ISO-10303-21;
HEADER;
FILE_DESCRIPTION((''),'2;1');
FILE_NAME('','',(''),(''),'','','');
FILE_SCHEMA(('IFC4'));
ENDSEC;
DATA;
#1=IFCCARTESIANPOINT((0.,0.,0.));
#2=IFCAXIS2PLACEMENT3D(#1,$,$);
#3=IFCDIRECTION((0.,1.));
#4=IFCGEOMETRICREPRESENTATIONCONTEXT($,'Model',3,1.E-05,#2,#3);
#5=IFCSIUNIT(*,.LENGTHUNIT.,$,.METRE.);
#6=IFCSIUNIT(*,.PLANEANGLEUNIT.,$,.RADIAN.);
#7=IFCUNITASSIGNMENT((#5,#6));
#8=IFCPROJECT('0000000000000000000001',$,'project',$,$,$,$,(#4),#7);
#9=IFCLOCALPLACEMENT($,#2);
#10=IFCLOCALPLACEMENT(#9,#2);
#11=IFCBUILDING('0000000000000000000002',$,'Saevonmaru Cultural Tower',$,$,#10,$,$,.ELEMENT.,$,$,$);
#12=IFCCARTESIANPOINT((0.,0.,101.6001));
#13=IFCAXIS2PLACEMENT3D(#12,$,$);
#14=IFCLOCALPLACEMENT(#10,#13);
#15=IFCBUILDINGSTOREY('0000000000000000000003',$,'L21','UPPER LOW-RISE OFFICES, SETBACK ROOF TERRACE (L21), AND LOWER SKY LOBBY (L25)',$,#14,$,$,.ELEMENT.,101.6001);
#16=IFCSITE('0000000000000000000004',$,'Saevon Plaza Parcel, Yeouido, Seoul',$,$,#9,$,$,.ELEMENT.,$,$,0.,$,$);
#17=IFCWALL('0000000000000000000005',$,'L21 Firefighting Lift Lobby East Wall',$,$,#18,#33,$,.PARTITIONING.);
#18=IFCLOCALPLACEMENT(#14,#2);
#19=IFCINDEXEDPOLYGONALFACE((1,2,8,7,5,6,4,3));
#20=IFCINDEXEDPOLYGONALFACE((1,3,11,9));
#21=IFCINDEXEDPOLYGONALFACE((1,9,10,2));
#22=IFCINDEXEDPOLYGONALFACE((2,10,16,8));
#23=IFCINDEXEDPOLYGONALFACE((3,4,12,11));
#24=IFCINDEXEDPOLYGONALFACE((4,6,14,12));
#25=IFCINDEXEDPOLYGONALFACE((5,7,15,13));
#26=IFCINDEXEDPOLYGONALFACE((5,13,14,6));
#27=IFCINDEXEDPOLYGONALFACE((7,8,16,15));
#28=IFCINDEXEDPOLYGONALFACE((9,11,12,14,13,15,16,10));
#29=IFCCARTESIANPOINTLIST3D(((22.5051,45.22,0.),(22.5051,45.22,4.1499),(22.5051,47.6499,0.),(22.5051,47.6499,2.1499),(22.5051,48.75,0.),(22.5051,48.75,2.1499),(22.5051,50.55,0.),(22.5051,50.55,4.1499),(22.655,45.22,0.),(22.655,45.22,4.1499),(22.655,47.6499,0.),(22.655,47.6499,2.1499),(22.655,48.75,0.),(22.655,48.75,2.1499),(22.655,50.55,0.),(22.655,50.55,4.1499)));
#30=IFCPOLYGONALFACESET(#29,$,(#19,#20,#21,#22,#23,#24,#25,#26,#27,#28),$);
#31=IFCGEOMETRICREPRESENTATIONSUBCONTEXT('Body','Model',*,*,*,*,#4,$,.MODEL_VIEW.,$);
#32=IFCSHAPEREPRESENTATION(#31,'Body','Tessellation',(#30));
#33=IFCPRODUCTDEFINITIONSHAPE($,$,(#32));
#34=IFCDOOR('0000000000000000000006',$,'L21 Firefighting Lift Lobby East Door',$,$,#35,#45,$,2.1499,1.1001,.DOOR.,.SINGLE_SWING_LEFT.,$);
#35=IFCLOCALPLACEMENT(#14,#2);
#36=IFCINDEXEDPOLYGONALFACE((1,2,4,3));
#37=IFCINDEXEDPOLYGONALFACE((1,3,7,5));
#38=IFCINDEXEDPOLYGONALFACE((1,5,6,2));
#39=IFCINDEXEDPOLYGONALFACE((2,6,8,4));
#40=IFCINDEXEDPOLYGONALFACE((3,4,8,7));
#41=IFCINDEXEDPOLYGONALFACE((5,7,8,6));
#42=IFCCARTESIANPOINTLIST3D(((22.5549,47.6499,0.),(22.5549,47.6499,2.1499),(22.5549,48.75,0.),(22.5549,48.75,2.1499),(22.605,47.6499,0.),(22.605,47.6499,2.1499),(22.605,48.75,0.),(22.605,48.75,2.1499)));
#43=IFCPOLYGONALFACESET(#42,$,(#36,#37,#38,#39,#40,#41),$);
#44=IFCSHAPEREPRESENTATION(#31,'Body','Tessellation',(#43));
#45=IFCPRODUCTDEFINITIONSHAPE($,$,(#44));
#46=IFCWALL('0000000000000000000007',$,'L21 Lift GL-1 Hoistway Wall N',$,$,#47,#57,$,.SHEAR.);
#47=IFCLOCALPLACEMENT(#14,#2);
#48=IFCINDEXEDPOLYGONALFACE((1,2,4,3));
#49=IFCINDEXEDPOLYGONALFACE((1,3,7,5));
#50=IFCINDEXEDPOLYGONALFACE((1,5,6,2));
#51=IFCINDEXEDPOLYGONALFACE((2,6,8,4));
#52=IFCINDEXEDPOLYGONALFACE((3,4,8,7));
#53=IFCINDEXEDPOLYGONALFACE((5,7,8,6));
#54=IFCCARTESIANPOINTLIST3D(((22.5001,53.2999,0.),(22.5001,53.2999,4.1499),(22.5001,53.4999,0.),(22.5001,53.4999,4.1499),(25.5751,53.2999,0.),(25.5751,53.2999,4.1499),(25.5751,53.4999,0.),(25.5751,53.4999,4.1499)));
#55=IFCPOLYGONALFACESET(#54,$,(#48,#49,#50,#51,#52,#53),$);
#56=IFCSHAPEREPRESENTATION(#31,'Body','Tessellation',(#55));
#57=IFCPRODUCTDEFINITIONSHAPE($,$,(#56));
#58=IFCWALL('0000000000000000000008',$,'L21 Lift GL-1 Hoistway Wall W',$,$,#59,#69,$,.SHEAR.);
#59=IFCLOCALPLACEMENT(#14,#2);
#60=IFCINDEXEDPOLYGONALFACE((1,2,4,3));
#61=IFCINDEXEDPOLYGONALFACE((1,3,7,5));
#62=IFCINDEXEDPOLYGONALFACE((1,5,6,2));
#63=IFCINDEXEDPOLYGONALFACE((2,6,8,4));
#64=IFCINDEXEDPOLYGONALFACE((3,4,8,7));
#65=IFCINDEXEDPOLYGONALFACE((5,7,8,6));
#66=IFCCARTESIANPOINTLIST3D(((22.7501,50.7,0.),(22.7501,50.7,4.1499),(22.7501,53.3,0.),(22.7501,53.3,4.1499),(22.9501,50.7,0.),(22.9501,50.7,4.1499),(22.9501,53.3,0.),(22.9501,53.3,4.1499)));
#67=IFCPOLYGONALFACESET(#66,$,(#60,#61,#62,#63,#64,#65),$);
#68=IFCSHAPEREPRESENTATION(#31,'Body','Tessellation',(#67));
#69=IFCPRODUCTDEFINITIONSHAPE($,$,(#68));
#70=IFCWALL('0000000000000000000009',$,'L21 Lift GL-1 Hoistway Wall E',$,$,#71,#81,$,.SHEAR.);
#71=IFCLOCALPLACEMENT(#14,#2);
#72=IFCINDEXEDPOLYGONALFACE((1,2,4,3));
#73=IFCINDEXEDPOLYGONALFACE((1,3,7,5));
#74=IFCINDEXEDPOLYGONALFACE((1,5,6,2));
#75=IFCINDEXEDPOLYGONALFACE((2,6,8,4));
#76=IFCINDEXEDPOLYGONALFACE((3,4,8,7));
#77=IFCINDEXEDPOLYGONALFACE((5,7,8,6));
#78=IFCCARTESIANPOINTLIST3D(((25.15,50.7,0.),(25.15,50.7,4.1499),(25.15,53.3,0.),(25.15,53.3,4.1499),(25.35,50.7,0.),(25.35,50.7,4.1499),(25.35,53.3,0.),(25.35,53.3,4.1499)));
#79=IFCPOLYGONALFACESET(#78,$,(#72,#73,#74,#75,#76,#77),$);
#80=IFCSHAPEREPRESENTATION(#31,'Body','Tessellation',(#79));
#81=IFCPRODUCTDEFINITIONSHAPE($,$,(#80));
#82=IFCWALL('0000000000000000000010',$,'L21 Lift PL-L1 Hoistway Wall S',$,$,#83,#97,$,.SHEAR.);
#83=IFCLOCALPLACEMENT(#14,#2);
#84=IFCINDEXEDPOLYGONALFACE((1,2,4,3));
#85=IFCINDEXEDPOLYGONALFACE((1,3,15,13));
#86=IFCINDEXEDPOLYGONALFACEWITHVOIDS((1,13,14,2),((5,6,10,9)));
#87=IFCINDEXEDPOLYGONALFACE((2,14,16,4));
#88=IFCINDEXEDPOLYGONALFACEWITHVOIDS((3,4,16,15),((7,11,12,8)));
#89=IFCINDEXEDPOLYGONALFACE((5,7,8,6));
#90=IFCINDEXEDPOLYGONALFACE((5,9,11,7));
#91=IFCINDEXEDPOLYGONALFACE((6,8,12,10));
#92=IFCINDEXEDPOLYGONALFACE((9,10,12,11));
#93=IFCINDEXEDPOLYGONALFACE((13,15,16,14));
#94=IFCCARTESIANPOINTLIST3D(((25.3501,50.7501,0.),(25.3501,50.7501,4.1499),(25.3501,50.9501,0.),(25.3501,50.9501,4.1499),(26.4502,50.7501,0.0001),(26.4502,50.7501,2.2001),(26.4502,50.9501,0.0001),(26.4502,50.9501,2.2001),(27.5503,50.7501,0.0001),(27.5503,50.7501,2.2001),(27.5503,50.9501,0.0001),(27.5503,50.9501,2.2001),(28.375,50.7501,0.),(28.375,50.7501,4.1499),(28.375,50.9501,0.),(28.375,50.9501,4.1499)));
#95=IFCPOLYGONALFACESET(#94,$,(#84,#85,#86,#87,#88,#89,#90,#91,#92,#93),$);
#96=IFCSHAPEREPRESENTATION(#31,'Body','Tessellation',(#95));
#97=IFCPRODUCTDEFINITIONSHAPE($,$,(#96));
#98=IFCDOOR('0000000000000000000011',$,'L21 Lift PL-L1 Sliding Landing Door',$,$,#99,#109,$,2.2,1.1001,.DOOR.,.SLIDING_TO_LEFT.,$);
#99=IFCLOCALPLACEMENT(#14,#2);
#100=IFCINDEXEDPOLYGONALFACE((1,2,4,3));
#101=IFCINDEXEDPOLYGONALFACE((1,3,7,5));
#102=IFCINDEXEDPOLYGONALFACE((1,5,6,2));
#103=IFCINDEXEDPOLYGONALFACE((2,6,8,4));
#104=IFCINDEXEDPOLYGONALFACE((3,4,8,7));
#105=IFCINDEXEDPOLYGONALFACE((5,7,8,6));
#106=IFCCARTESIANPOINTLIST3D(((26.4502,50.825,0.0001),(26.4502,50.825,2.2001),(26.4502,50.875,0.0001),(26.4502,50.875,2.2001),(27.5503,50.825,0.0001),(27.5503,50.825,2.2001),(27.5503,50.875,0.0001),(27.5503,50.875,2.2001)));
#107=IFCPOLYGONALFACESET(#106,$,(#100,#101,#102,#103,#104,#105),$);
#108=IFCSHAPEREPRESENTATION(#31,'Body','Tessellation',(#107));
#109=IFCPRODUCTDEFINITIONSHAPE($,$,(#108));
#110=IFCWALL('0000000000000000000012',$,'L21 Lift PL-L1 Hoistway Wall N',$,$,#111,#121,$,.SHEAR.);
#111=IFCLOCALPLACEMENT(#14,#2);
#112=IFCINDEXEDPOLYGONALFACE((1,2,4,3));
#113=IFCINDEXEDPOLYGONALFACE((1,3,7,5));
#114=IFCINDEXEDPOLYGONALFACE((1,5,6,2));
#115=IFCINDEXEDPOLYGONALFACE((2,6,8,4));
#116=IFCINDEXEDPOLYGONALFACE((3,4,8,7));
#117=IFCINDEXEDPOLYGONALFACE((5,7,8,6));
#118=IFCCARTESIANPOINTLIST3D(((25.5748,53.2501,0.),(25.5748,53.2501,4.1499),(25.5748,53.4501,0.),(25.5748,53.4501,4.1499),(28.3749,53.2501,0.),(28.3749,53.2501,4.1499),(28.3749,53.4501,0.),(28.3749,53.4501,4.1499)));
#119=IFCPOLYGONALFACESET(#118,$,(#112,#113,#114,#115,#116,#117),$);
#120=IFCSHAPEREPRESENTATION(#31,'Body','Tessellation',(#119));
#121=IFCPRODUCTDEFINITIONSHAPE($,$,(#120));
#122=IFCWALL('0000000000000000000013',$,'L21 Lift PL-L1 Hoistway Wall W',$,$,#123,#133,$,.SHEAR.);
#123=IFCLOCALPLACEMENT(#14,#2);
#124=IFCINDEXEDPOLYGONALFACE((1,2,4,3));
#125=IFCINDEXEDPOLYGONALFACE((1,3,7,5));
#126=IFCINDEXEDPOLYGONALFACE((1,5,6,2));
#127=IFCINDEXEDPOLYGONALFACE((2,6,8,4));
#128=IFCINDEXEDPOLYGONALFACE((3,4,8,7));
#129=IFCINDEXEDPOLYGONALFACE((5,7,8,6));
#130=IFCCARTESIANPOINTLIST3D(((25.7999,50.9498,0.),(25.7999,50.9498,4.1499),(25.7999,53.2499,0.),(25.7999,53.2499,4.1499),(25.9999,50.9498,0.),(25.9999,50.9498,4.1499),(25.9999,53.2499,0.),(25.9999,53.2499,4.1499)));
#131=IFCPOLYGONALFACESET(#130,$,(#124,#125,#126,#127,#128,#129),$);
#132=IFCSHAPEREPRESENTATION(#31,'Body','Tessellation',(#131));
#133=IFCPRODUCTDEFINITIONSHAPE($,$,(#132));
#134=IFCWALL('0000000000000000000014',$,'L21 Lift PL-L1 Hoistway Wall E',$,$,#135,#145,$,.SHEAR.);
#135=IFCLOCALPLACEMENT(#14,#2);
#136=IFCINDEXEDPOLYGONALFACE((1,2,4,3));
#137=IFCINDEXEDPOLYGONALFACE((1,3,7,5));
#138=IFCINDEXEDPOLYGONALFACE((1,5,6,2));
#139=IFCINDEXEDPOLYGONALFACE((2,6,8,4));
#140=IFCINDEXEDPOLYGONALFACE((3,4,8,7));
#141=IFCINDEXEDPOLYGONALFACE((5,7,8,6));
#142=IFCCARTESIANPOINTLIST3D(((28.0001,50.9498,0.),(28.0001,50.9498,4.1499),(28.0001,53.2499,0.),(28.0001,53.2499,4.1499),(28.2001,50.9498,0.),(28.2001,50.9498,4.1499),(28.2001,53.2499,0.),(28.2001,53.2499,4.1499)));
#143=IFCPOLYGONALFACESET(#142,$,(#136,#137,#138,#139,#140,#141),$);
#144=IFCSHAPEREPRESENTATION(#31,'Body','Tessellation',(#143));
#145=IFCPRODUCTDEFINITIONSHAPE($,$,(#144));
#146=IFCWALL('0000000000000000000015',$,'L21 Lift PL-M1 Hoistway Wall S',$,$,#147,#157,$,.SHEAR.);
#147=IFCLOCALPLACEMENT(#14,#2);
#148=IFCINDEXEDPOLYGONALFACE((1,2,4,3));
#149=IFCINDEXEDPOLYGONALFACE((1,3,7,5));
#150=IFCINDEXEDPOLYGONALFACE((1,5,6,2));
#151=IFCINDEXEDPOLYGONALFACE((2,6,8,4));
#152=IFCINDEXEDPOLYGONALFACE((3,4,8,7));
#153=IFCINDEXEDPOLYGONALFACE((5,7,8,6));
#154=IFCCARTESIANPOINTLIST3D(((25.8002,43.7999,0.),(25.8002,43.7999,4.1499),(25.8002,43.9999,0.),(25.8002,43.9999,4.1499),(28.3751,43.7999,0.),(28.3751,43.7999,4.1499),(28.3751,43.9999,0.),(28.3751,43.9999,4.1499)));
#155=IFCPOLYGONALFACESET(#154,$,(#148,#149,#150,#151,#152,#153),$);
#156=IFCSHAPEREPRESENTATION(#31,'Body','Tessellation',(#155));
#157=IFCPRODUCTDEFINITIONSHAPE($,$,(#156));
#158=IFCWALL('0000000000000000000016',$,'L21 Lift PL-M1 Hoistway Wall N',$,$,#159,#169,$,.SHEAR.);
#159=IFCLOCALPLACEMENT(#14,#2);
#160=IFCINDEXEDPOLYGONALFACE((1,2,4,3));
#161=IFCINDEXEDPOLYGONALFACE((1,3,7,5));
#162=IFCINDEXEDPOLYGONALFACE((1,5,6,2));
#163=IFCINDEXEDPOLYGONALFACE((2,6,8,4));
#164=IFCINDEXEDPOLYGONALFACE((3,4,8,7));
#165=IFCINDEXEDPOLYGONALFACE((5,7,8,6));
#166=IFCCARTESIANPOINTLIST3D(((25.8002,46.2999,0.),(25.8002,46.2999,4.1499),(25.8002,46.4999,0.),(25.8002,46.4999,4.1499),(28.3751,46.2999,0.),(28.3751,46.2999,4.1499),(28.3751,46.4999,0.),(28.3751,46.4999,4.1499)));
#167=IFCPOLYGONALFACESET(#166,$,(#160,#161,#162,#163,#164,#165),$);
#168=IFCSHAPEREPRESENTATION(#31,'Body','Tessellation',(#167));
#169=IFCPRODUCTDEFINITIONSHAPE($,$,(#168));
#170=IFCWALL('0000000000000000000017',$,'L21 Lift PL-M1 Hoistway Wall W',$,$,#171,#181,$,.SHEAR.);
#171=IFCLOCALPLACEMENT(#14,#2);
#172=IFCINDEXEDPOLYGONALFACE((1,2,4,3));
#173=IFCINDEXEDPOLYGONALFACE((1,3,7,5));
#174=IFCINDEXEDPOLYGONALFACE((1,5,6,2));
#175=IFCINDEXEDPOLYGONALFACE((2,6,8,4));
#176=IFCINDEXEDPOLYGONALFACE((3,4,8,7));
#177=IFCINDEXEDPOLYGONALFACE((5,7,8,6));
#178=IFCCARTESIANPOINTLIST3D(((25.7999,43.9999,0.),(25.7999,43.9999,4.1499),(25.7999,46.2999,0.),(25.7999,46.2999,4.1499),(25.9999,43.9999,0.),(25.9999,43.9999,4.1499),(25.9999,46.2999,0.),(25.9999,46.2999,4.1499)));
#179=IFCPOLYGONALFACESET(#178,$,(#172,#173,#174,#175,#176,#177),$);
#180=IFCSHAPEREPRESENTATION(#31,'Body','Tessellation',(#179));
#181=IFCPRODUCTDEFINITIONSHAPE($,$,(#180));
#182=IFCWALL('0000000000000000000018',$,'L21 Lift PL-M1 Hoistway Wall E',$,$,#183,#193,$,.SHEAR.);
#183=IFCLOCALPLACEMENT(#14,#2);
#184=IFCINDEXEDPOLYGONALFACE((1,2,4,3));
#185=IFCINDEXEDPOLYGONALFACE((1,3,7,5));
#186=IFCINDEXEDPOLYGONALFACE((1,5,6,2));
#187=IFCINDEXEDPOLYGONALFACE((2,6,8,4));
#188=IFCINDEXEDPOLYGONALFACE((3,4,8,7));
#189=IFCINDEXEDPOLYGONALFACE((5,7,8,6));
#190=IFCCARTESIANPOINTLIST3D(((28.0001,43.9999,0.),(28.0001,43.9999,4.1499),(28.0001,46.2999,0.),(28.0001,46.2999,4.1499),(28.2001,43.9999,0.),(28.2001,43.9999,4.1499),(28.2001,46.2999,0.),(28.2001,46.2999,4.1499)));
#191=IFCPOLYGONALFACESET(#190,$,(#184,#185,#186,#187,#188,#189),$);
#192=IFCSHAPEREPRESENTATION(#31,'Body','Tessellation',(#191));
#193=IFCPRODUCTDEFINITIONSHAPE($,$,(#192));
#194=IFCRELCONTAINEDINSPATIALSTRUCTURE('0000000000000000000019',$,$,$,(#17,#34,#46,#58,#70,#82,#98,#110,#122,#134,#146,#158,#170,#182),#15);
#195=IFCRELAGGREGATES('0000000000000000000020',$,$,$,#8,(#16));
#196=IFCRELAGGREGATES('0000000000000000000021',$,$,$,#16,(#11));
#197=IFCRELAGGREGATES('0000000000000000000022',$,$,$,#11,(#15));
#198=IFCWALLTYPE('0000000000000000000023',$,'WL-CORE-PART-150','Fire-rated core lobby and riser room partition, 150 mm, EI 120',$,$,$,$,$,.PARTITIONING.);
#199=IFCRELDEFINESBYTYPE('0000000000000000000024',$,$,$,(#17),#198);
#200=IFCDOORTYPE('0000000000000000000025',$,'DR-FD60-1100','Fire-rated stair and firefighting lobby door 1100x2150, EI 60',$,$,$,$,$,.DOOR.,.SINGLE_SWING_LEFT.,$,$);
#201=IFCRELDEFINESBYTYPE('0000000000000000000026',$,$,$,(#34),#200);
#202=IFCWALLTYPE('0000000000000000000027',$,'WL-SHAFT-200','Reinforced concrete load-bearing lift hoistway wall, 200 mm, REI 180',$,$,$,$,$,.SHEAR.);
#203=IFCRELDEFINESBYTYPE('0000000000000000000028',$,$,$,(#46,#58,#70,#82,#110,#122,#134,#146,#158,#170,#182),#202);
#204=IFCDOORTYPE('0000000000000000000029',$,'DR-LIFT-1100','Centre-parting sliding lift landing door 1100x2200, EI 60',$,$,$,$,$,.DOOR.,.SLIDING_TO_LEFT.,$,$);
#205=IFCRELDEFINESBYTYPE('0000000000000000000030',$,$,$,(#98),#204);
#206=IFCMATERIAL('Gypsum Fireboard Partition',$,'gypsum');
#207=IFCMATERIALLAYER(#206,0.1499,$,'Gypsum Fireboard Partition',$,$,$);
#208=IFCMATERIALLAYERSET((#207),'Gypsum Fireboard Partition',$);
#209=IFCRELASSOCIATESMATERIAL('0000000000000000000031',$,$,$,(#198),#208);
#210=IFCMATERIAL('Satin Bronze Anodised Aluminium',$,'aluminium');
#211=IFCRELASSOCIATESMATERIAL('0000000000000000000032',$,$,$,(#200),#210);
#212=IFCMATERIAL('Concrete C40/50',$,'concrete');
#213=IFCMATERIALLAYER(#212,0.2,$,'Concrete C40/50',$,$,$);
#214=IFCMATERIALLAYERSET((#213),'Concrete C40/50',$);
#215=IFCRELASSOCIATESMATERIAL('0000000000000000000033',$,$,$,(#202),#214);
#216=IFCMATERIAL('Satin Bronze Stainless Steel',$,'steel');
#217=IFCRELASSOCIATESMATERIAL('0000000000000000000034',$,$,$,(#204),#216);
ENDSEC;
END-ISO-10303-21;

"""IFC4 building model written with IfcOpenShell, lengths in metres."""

from ifc_helpers import new_model, si_unit, direction, frame, frame_2d, origin, place, context, subcontext, project, spatial, rectangle, extrude, material, layer, layer_set, type_object, element, fill, save


model = new_model("IFC4")

# Units and contexts
model_context = context("Model", 3, precision=1e-05, world=origin(), true_north=direction((0.0, 1.0)))
body_context = subcontext(model_context, "Body", "Model", "MODEL_VIEW")
ifc_project = project(units=[si_unit("LENGTHUNIT", "METRE"), si_unit("PLANEANGLEUNIT", "RADIAN")], contexts=[model_context])

# Site, building, storey
site_placement = place(None, origin())
site = spatial("IfcSite", under=ifc_project, at=site_placement, Name="Saevon Plaza Parcel, Yeouido, Seoul", CompositionType="ELEMENT", RefElevation=0.0)
building_placement = place(site_placement, origin())
building = spatial("IfcBuilding", under=site, at=building_placement, Name="Saevonmaru Cultural Tower", CompositionType="ELEMENT")
storey_placement = place(building_placement, frame((0.0, 0.0, 101.6001)))
storey = spatial("IfcBuildingStorey", under=building, at=storey_placement, Name="L21", Description="UPPER LOW-RISE OFFICES, SETBACK ROOF TERRACE (L21), AND LOWER SKY LOBBY (L25)", CompositionType="ELEMENT", Elevation=101.6001)

# Shared definitions
ifc_material_1 = material(Name="Satin Bronze Anodised Aluminium", Category="aluminium")

# Wall, opening, door
ifc_material_2 = material(Name="Gypsum Fireboard Partition", Category="gypsum")
ifc_layer_1 = layer(ifc_material_2, 0.1499, Name="Gypsum Fireboard Partition")
ifc_layer_set_1 = layer_set([ifc_layer_1], Name="Gypsum Fireboard Partition")
wall_type_1 = type_object("IfcWallType", Name="WL-CORE-PART-150", Description="Fire-rated core lobby and riser room partition, 150 mm, EI 120", PredefinedType="PARTITIONING", material=ifc_layer_set_1)
wall_1_placement = place(storey_placement, frame((22.5801, 50.55, 0.0), z_axis=(0.0, 0.0, 1.0), x_axis=(0.0, -1.0, 0.0)))
wall_1 = element("IfcWall", 1, at=wall_1_placement, inside=storey, type_object=wall_type_1, Name="L21 Firefighting Lift Lobby East Wall", PredefinedType="PARTITIONING", context=body_context, shape_type="SweptSolid", body=[
    extrude(rectangle(XDim=5.3301, YDim=0.1499, at=frame_2d((2.665, 0.0))), origin(), (0.0, 0.0, 1.0), 4.1499),
])
opening_1_placement = place(wall_1_placement, frame((1.8, 0.0, 0.0)))
opening_1 = element("IfcOpeningElement", 2, at=opening_1_placement, cuts=wall_1, PredefinedType="OPENING", context=body_context, shape_type="SweptSolid", body=[
    extrude(rectangle(XDim=1.1001, YDim=2.1499, at=frame_2d((0.55, 1.075))), frame((0.0, 0.085, 0.0), z_axis=(0.0, -1.0, 0.0), x_axis=(1.0, 0.0, 0.0)), (0.0, 0.0, 1.0), 0.1699),
])
door_type_1 = type_object("IfcDoorType", Name="DR-FD60-1100", Description="Fire-rated stair and firefighting lobby door 1100x2150, EI 60", OperationType="SINGLE_SWING_LEFT", PredefinedType="DOOR", material=ifc_material_1)
door_1_placement = place(opening_1_placement, origin())
door_1 = element("IfcDoor", 3, at=door_1_placement, inside=storey, type_object=door_type_1, Name="L21 Firefighting Lift Lobby East Door", OperationType="SINGLE_SWING_LEFT", OverallHeight=2.1499, OverallWidth=1.1001, PredefinedType="DOOR", context=body_context, shape_type="SweptSolid", body=[
    extrude(rectangle(XDim=1.1001, YDim=2.1499, at=frame_2d((0.55, 1.075))), frame((0.0, 0.0249, 0.0), z_axis=(0.0, -1.0, 0.0), x_axis=(1.0, 0.0, 0.0)), (0.0, 0.0, 1.0), 0.05),
])
fill(opening_1, door_1)

# Walls
ifc_material_3 = material(Name="Concrete C40/50", Category="concrete")
ifc_layer_2 = layer(ifc_material_3, 0.2, Name="Concrete C40/50")
ifc_layer_set_2 = layer_set([ifc_layer_2], Name="Concrete C40/50")
wall_type_2 = type_object("IfcWallType", Name="WL-SHAFT-200", Description="Reinforced concrete load-bearing lift hoistway wall, 200 mm, REI 180", PredefinedType="SHEAR", material=ifc_layer_set_2)
wall_2_placement = place(storey_placement, frame((22.5, 53.3999, 0.0), z_axis=(0.0, 0.0, 1.0), x_axis=(1.0, 0.0, 0.0)))
element("IfcWall", 4, at=wall_2_placement, inside=storey, type_object=wall_type_2, Name="L21 Lift GL-1 Hoistway Wall N", PredefinedType="SHEAR", context=body_context, shape_type="SweptSolid", body=[
    extrude(rectangle(XDim=3.075, YDim=0.2, at=frame_2d((1.5376, 0.0))), origin(), (0.0, 0.0, 1.0), 4.1499),
])
for number, where, z_axis, x_axis, name in (
    (5, (22.8501, 50.7, 0.0), (0.0, 0.0, 1.0), (0.0, 1.0, 0.0), "L21 Lift GL-1 Hoistway Wall W"),
    (6, (25.25, 50.7, 0.0), (0.0, 0.0, 1.0), (0.0, 1.0, 0.0), "L21 Lift GL-1 Hoistway Wall E"),
):
    element("IfcWall", number, at=place(storey_placement, frame(where, z_axis=z_axis, x_axis=x_axis)), inside=storey, type_object=wall_type_2, Name=name, PredefinedType="SHEAR", context=body_context, shape_type="SweptSolid", body=[
        extrude(rectangle(XDim=2.6001, YDim=0.2, at=frame_2d((1.3, 0.0))), origin(), (0.0, 0.0, 1.0), 4.1499),
    ])

# Wall, opening, door
wall_3_placement = place(storey_placement, frame((25.3501, 50.8501, 0.0), z_axis=(0.0, 0.0, 1.0), x_axis=(1.0, 0.0, 0.0)))
wall_3 = element("IfcWall", 7, at=wall_3_placement, inside=storey, type_object=wall_type_2, Name="L21 Lift PL-L1 Hoistway Wall S", PredefinedType="SHEAR", context=body_context, shape_type="SweptSolid", body=[
    extrude(rectangle(XDim=3.0249, YDim=0.2, at=frame_2d((1.5125, 0.0))), origin(), (0.0, 0.0, 1.0), 4.1499),
])
opening_2_placement = place(wall_3_placement, frame((1.1001, 0.0, 0.0)))
opening_2 = element("IfcOpeningElement", 8, at=opening_2_placement, cuts=wall_3, PredefinedType="OPENING", context=body_context, shape_type="SweptSolid", body=[
    extrude(rectangle(XDim=1.1001, YDim=2.2, at=frame_2d((0.55, 1.1001))), frame((0.0, 0.1099, 0.0), z_axis=(0.0, -1.0, 0.0), x_axis=(1.0, 0.0, 0.0)), (0.0, 0.0, 1.0), 0.22),
])
ifc_material_4 = material(Name="Satin Bronze Stainless Steel", Category="steel")
door_type_2 = type_object("IfcDoorType", Name="DR-LIFT-1100", Description="Centre-parting sliding lift landing door 1100x2200, EI 60", OperationType="SLIDING_TO_LEFT", PredefinedType="DOOR", material=ifc_material_4)
door_2_placement = place(opening_2_placement, origin())
door_2 = element("IfcDoor", 9, at=door_2_placement, inside=storey, type_object=door_type_2, Name="L21 Lift PL-L1 Sliding Landing Door", OperationType="SLIDING_TO_LEFT", OverallHeight=2.2, OverallWidth=1.1001, PredefinedType="DOOR", context=body_context, shape_type="SweptSolid", body=[
    extrude(rectangle(XDim=1.1001, YDim=2.2, at=frame_2d((0.55, 1.1001))), frame((0.0, 0.0249, 0.0), z_axis=(0.0, -1.0, 0.0), x_axis=(1.0, 0.0, 0.0)), (0.0, 0.0, 1.0), 0.05),
])
fill(opening_2, door_2)

# Walls
wall_4_placement = place(storey_placement, frame((25.575, 53.3501, 0.0), z_axis=(0.0, 0.0, 1.0), x_axis=(1.0, 0.0, 0.0)))
element("IfcWall", 10, at=wall_4_placement, inside=storey, type_object=wall_type_2, Name="L21 Lift PL-L1 Hoistway Wall N", PredefinedType="SHEAR", context=body_context, shape_type="SweptSolid", body=[
    extrude(rectangle(XDim=2.8, YDim=0.2, at=frame_2d((1.3999, 0.0))), origin(), (0.0, 0.0, 1.0), 4.1499),
])
for number, where, z_axis, x_axis, name in (
    (11, (25.8999, 50.95, 0.0), (0.0, 0.0, 1.0), (0.0, 1.0, 0.0), "L21 Lift PL-L1 Hoistway Wall W"),
    (12, (28.1001, 50.95, 0.0), (0.0, 0.0, 1.0), (0.0, 1.0, 0.0), "L21 Lift PL-L1 Hoistway Wall E"),
):
    element("IfcWall", number, at=place(storey_placement, frame(where, z_axis=z_axis, x_axis=x_axis)), inside=storey, type_object=wall_type_2, Name=name, PredefinedType="SHEAR", context=body_context, shape_type="SweptSolid", body=[
        extrude(rectangle(XDim=2.3, YDim=0.2, at=frame_2d((1.1499, 0.0))), origin(), (0.0, 0.0, 1.0), 4.1499),
    ])
for number, where, z_axis, x_axis, name in (
    (13, (25.8, 43.8999, 0.0), (0.0, 0.0, 1.0), (1.0, 0.0, 0.0), "L21 Lift PL-M1 Hoistway Wall S"),
    (14, (25.8, 46.3999, 0.0), (0.0, 0.0, 1.0), (1.0, 0.0, 0.0), "L21 Lift PL-M1 Hoistway Wall N"),
):
    element("IfcWall", number, at=place(storey_placement, frame(where, z_axis=z_axis, x_axis=x_axis)), inside=storey, type_object=wall_type_2, Name=name, PredefinedType="SHEAR", context=body_context, shape_type="SweptSolid", body=[
        extrude(rectangle(XDim=2.575, YDim=0.2, at=frame_2d((1.2876, 0.0))), origin(), (0.0, 0.0, 1.0), 4.1499),
    ])
for number, where, z_axis, x_axis, name in (
    (15, (25.8999, 44.0, 0.0), (0.0, 0.0, 1.0), (0.0, 1.0, 0.0), "L21 Lift PL-M1 Hoistway Wall W"),
    (16, (28.1001, 44.0, 0.0), (0.0, 0.0, 1.0), (0.0, 1.0, 0.0), "L21 Lift PL-M1 Hoistway Wall E"),
):
    element("IfcWall", number, at=place(storey_placement, frame(where, z_axis=z_axis, x_axis=x_axis)), inside=storey, type_object=wall_type_2, Name=name, PredefinedType="SHEAR", context=body_context, shape_type="SweptSolid", body=[
        extrude(rectangle(XDim=2.3, YDim=0.2, at=frame_2d((1.1499, 0.0))), origin(), (0.0, 0.0, 1.0), 4.1499),
    ])

save(model, "model.ifc")
